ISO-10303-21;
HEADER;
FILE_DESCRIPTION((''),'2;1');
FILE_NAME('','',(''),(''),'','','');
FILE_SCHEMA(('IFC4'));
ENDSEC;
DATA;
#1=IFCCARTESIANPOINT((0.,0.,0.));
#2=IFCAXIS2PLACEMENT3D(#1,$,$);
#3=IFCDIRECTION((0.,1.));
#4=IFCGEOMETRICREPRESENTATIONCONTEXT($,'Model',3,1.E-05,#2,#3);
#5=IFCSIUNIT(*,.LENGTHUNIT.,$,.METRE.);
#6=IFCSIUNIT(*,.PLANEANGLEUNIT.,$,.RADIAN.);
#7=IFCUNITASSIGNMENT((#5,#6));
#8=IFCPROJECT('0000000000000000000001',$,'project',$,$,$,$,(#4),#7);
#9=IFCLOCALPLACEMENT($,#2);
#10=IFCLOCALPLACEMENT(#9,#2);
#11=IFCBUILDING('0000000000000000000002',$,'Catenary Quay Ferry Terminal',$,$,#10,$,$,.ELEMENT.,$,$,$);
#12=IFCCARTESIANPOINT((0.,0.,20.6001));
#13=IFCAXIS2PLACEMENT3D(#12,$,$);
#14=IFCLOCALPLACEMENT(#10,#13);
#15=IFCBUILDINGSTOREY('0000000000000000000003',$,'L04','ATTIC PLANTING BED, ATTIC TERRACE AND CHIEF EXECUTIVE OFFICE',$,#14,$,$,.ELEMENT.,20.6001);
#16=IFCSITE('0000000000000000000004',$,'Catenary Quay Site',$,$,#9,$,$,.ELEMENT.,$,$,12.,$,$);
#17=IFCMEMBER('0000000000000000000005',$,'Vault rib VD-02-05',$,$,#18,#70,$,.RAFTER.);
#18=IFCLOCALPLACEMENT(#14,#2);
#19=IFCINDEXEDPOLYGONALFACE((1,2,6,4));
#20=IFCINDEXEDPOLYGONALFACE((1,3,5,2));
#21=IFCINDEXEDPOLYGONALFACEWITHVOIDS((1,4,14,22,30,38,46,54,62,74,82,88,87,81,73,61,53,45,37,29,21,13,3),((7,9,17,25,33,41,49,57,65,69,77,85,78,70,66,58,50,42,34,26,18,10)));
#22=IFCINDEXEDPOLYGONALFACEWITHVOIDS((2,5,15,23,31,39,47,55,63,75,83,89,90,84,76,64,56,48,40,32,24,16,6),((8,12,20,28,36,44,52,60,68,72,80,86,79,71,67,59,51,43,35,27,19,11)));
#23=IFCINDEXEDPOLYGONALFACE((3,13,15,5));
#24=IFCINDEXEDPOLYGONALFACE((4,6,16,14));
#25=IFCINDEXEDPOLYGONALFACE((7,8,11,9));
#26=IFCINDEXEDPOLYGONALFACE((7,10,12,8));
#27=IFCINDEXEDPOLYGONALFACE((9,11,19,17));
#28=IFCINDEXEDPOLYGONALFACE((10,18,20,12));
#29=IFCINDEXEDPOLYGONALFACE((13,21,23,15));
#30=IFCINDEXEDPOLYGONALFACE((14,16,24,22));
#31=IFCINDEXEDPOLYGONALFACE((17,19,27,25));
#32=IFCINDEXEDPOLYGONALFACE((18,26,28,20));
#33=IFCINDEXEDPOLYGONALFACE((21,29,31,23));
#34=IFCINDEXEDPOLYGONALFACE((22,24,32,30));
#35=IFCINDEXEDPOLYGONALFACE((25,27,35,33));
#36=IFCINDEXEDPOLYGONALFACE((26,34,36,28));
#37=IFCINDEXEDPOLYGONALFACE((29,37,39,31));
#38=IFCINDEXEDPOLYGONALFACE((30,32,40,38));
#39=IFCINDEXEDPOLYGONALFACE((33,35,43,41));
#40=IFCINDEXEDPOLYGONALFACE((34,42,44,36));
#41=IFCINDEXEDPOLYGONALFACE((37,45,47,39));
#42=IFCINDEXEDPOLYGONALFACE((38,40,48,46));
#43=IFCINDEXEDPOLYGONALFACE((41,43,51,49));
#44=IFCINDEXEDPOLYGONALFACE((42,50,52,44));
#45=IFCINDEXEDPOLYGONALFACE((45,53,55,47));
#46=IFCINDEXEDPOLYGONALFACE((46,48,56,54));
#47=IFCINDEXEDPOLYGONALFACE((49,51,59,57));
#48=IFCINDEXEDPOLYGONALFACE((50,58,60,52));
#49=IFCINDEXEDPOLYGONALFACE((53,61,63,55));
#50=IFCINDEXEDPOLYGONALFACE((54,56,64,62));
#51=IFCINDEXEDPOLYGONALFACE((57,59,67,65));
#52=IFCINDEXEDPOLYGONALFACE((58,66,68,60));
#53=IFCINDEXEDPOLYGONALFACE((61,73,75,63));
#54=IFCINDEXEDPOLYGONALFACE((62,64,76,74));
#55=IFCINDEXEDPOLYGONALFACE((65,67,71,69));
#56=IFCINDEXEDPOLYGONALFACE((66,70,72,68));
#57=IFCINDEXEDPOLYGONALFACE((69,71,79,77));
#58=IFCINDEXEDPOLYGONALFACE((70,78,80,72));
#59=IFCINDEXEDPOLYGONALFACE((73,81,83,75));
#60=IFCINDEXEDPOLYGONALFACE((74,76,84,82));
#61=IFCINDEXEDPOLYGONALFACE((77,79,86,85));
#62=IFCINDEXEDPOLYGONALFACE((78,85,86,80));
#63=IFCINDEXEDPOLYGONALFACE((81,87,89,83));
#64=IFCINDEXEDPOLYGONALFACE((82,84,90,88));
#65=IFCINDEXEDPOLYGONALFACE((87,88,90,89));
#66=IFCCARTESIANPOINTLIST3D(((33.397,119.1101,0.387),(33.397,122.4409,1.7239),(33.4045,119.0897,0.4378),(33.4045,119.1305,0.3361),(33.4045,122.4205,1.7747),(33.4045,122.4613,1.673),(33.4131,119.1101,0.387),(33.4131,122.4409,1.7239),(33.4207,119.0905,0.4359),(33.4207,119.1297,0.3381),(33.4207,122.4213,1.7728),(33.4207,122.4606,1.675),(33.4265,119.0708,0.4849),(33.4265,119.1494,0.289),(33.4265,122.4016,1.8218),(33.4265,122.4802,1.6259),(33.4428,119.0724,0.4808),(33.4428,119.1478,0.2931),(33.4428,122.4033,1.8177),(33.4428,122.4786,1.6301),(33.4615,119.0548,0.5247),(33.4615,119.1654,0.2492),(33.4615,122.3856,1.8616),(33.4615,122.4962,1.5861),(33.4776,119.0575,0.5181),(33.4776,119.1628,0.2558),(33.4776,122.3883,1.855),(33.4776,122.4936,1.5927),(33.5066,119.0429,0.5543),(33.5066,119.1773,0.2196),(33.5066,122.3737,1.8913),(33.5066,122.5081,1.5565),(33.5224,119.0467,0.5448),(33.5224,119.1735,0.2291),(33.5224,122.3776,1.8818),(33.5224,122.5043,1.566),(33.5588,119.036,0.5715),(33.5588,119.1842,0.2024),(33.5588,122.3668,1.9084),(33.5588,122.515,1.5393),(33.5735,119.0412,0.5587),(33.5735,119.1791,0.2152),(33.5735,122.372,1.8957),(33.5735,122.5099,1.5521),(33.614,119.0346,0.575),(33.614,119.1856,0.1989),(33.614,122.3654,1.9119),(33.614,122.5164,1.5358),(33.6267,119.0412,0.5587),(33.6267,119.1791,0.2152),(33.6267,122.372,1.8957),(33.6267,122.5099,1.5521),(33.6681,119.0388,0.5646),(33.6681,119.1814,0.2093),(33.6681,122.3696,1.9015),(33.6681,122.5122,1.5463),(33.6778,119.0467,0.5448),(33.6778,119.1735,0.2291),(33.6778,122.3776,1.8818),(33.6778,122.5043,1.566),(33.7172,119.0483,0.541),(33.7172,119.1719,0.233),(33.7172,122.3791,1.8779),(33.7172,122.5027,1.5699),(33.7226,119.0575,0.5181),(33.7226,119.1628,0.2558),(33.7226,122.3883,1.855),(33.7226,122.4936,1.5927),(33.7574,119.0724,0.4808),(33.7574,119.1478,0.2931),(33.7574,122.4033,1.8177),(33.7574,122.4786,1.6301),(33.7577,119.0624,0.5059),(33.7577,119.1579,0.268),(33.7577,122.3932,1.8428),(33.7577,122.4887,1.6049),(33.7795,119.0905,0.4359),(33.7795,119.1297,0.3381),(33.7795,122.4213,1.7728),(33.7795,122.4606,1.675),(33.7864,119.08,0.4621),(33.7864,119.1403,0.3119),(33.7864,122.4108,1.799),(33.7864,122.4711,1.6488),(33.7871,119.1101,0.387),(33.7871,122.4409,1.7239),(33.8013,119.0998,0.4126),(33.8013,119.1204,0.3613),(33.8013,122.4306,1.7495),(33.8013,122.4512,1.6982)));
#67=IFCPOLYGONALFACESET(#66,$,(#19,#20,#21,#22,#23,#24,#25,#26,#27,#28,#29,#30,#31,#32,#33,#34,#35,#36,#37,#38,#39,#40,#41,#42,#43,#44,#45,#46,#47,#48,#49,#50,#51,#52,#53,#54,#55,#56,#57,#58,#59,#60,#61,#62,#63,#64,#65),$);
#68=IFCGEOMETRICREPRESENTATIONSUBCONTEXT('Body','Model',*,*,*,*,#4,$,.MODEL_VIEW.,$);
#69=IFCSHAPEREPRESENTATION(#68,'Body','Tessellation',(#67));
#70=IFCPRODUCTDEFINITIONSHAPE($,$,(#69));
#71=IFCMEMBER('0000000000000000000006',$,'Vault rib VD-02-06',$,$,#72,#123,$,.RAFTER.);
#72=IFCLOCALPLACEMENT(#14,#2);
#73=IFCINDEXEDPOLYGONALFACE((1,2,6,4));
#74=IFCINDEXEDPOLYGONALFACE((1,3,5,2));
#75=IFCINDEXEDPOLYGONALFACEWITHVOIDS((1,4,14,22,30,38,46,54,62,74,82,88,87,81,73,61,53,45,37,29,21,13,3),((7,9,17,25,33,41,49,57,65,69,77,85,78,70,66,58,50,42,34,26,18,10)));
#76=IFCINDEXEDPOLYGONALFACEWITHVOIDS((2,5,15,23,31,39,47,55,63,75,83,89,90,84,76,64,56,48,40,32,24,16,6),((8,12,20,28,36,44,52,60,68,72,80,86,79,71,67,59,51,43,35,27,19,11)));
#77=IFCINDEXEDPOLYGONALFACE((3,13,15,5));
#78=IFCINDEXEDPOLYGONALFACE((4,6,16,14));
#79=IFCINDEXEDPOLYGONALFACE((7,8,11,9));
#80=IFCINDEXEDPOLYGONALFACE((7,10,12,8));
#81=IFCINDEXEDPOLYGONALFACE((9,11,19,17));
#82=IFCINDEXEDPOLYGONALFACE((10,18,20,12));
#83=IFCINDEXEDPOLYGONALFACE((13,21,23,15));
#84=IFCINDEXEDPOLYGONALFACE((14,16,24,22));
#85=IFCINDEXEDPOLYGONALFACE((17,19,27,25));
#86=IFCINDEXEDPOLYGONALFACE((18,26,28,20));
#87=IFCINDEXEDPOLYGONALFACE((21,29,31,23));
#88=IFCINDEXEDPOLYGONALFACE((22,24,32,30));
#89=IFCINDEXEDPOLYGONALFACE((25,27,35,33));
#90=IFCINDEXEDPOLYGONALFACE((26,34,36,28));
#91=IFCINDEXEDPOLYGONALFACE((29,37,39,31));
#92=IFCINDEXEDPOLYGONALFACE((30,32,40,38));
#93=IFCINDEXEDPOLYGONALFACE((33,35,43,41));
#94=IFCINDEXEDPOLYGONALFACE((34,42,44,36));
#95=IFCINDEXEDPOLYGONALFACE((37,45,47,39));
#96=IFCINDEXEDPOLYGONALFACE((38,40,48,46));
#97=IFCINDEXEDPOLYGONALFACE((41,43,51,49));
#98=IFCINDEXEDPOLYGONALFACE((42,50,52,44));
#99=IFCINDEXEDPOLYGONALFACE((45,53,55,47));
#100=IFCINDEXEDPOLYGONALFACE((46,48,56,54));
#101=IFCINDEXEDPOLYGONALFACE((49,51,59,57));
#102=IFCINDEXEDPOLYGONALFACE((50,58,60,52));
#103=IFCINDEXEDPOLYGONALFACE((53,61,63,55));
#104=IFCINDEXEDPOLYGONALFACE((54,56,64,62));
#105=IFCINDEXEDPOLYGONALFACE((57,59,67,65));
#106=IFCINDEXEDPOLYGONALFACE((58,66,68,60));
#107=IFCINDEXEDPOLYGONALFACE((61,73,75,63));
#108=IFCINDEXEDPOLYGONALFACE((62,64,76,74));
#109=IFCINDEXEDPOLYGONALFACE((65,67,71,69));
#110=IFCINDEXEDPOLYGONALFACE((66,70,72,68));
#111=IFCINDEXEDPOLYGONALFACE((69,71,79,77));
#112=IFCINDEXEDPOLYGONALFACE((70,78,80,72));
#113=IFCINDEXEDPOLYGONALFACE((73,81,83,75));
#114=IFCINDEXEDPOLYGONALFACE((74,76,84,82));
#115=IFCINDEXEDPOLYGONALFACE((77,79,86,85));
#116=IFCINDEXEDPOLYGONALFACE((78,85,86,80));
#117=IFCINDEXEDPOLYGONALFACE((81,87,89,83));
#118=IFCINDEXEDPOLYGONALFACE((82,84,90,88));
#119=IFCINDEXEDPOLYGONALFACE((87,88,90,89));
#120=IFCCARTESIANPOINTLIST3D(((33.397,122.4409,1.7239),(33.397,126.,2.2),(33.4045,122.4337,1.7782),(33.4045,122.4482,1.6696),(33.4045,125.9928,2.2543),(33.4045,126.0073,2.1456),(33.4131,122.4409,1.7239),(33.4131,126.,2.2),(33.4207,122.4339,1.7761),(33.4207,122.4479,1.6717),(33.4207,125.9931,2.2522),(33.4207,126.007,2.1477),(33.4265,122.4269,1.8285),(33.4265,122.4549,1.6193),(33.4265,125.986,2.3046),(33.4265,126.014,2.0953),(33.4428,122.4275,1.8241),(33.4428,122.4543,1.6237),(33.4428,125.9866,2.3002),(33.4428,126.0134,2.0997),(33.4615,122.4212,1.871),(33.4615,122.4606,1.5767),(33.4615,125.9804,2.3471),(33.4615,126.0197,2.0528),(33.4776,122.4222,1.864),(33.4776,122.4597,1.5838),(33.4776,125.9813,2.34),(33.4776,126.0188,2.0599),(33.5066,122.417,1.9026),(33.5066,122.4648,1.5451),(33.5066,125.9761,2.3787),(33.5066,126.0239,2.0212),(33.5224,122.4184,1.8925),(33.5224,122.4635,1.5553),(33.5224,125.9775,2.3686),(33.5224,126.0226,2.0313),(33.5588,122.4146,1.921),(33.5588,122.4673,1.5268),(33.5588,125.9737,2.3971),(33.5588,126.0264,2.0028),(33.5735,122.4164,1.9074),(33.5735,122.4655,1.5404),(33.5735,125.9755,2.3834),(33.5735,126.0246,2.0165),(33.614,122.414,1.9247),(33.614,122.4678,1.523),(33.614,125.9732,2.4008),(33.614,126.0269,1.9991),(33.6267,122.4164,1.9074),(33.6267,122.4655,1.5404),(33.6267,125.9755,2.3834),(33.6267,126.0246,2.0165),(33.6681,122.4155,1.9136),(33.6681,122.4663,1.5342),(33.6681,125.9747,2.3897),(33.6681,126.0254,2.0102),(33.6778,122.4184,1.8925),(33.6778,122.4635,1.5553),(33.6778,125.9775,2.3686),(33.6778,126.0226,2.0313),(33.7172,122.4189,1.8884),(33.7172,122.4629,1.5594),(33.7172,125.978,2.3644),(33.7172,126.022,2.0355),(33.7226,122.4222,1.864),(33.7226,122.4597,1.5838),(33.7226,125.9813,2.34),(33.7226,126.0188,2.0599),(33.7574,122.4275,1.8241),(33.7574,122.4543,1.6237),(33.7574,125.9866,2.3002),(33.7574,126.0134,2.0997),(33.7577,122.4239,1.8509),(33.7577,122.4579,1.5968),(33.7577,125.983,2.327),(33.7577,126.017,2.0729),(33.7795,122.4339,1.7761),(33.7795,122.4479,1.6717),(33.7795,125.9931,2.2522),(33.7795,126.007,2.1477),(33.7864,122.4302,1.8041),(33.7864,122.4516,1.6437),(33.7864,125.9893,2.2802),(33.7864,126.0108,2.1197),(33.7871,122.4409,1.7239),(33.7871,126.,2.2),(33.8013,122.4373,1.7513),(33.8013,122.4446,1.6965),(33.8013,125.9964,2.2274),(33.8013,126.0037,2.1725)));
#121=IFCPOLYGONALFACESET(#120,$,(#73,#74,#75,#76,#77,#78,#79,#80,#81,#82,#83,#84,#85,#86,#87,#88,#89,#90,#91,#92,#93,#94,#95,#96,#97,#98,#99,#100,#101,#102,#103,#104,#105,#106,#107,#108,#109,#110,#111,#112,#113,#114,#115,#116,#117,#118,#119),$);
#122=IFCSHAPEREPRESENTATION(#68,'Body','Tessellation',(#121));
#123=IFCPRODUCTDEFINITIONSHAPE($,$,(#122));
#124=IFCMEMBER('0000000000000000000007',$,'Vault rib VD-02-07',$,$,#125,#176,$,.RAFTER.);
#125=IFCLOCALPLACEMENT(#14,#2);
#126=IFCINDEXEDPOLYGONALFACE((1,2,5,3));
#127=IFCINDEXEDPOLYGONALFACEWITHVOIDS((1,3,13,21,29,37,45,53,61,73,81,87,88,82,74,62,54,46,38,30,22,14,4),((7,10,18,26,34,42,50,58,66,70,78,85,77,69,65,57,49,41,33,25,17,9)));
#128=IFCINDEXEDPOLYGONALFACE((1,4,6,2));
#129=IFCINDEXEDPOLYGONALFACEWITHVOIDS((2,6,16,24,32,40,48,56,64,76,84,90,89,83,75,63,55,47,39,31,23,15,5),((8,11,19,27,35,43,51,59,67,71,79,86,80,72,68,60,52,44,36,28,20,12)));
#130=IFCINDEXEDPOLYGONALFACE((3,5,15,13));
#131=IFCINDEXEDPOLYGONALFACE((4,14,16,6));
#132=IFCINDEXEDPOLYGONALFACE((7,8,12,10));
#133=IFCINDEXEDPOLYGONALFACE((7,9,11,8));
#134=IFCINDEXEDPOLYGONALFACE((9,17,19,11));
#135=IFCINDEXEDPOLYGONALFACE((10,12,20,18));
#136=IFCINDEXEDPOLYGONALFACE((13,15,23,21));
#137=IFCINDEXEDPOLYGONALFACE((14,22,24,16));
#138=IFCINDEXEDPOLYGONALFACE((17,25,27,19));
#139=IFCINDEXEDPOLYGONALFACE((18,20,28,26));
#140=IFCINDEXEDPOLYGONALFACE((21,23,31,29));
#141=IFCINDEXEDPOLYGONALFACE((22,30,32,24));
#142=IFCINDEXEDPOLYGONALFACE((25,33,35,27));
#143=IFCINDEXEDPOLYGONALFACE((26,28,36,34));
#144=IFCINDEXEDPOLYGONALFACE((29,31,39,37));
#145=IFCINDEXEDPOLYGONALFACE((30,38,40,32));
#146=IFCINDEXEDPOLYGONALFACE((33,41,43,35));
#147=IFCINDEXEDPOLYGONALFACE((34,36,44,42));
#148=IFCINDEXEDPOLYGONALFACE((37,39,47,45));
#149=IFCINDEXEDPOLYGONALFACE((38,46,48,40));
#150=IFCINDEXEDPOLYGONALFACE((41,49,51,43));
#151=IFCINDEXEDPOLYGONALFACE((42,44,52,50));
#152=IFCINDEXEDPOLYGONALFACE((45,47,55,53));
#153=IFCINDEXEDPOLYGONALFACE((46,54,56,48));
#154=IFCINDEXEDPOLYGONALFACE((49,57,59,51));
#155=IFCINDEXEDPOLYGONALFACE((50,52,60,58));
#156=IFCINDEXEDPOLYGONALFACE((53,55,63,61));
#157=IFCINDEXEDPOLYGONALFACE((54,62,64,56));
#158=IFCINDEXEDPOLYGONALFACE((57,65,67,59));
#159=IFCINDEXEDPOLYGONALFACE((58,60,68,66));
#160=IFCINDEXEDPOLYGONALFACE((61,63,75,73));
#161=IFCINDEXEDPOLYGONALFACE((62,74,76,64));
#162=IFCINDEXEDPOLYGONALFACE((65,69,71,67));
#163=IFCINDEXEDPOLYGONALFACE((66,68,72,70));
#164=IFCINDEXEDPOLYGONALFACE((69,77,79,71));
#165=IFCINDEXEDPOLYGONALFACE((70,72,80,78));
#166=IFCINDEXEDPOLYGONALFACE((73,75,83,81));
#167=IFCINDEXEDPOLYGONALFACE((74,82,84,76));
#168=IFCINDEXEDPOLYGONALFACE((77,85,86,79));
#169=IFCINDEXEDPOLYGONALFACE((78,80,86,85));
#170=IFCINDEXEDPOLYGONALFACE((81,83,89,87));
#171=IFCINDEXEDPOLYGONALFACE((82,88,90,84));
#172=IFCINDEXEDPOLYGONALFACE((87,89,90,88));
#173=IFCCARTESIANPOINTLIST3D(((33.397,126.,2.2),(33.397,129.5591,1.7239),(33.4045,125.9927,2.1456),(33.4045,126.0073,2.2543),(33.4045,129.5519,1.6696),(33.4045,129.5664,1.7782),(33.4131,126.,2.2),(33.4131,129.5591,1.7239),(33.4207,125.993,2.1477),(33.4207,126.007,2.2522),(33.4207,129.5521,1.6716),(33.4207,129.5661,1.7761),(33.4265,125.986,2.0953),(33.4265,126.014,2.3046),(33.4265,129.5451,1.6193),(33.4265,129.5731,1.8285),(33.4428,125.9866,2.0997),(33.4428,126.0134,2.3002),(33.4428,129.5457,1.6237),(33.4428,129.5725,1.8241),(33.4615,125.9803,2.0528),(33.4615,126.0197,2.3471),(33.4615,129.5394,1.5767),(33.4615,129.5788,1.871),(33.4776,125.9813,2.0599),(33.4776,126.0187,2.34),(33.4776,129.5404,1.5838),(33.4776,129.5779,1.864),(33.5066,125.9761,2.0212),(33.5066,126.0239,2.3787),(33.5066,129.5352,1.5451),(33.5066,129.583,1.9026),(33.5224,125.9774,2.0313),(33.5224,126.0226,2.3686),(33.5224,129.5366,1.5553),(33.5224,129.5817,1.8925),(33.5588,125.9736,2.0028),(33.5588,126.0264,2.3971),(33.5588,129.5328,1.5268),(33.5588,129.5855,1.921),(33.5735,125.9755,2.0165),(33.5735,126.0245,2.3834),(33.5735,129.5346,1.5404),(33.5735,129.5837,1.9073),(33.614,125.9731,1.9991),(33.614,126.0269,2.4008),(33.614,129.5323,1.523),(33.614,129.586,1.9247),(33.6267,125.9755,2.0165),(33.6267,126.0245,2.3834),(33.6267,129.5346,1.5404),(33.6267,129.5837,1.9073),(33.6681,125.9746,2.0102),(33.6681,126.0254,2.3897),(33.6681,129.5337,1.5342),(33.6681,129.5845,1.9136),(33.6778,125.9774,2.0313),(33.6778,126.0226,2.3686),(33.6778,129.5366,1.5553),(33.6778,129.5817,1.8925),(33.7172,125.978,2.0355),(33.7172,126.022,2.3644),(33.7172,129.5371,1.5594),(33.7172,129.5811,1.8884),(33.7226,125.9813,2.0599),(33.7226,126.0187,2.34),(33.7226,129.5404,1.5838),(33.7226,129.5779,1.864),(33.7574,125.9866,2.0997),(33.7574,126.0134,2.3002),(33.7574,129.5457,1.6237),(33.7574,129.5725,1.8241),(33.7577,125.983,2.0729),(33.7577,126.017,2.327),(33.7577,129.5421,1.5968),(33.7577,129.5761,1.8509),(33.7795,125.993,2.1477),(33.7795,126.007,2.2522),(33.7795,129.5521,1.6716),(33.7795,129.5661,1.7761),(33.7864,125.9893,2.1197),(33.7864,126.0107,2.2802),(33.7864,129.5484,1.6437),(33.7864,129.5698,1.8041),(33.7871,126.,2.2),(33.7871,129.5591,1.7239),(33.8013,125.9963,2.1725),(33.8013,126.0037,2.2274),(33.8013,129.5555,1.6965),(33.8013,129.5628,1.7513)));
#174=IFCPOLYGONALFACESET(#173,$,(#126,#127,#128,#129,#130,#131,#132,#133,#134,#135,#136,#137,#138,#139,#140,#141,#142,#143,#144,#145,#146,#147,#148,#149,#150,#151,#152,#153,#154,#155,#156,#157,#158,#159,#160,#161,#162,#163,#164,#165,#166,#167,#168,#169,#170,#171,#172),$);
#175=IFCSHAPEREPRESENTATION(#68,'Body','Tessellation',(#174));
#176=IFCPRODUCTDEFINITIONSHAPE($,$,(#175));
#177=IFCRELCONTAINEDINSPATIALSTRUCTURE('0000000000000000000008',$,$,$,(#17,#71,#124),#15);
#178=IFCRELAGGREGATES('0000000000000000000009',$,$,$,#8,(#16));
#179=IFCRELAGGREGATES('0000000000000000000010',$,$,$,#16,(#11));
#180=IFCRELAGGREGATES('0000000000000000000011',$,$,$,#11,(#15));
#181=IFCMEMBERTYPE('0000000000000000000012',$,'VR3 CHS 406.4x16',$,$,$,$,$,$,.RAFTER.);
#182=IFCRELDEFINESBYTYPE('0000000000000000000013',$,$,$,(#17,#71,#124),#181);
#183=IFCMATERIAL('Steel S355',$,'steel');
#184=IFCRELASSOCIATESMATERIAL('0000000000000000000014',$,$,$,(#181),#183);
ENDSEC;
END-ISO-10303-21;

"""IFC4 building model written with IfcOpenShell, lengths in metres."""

from ifc_helpers import new_model, si_unit, direction, frame, origin, origin_2d, place, context, subcontext, project, spatial, hollow_circle, extrude, material, material_profile, profile_set, type_object, element, save


model = new_model("IFC4")

# Units and contexts
model_context = context("Model", 3, precision=1e-05, world=origin(), true_north=direction((0.0, 1.0)))
body_context = subcontext(model_context, "Body", "Model", "MODEL_VIEW")
ifc_project = project(units=[si_unit("LENGTHUNIT", "METRE"), si_unit("PLANEANGLEUNIT", "RADIAN")], contexts=[model_context])

# Site, building, storey
site_placement = place(None, origin())
site = spatial("IfcSite", under=ifc_project, at=site_placement, Name="Catenary Quay Site", CompositionType="ELEMENT", RefElevation=12.0)
building_placement = place(site_placement, origin())
building = spatial("IfcBuilding", under=site, at=building_placement, Name="Catenary Quay Ferry Terminal", CompositionType="ELEMENT")
storey_placement = place(building_placement, frame((0.0, 0.0, 20.6001)))
storey = spatial("IfcBuildingStorey", under=building, at=storey_placement, Name="L04", Description="ATTIC PLANTING BED, ATTIC TERRACE AND CHIEF EXECUTIVE OFFICE", CompositionType="ELEMENT", Elevation=20.6001)

# Members
ifc_material_1 = material(Name="Steel S355", Category="steel")
ifc_material_profile_1 = material_profile(ifc_material_1, hollow_circle(Radius=0.2031, WallThickness=0.0161, at=origin_2d()), Name="CHS 406.4x16")
ifc_profile_set_1 = profile_set([ifc_material_profile_1], Name="Steel S355")
member_type_1 = type_object("IfcMemberType", Name="VR3 CHS 406.4x16", PredefinedType="RAFTER", material=ifc_profile_set_1)
member_1_placement = place(storey_placement, frame((33.6001, 119.1101, 0.387), z_axis=(0.0, 0.928035, 0.372493), x_axis=(-1.0, 0.0, 0.0)))
element("IfcMember", 1, at=member_1_placement, inside=storey, type_object=member_type_1, Name="Vault rib VD-02-05", PredefinedType="RAFTER", context=body_context, shape_type="SweptSolid", body=[
    extrude(hollow_circle(Radius=0.2031, WallThickness=0.0161, at=origin_2d()), origin(), (0.0, 0.0, 1.0), 3.5891),
])
for number, where, z_axis, x_axis, name in (
    (2, (33.6001, 122.4409, 1.7239), (0.0, 0.991172, 0.132582), (-1.0, 0.0, 0.0), "Vault rib VD-02-06"),
    (3, (33.6001, 126.0, 2.2), (0.0, 0.991172, -0.132582), (-1.0, 0.0, 0.0), "Vault rib VD-02-07"),
):
    element("IfcMember", number, at=place(storey_placement, frame(where, z_axis=z_axis, x_axis=x_axis)), inside=storey, type_object=member_type_1, Name=name, PredefinedType="RAFTER", context=body_context, shape_type="SweptSolid", body=[
        extrude(hollow_circle(Radius=0.2031, WallThickness=0.0161, at=origin_2d()), origin(), (0.0, 0.0, 1.0), 3.5908),
    ])

save(model, "model.ifc")
